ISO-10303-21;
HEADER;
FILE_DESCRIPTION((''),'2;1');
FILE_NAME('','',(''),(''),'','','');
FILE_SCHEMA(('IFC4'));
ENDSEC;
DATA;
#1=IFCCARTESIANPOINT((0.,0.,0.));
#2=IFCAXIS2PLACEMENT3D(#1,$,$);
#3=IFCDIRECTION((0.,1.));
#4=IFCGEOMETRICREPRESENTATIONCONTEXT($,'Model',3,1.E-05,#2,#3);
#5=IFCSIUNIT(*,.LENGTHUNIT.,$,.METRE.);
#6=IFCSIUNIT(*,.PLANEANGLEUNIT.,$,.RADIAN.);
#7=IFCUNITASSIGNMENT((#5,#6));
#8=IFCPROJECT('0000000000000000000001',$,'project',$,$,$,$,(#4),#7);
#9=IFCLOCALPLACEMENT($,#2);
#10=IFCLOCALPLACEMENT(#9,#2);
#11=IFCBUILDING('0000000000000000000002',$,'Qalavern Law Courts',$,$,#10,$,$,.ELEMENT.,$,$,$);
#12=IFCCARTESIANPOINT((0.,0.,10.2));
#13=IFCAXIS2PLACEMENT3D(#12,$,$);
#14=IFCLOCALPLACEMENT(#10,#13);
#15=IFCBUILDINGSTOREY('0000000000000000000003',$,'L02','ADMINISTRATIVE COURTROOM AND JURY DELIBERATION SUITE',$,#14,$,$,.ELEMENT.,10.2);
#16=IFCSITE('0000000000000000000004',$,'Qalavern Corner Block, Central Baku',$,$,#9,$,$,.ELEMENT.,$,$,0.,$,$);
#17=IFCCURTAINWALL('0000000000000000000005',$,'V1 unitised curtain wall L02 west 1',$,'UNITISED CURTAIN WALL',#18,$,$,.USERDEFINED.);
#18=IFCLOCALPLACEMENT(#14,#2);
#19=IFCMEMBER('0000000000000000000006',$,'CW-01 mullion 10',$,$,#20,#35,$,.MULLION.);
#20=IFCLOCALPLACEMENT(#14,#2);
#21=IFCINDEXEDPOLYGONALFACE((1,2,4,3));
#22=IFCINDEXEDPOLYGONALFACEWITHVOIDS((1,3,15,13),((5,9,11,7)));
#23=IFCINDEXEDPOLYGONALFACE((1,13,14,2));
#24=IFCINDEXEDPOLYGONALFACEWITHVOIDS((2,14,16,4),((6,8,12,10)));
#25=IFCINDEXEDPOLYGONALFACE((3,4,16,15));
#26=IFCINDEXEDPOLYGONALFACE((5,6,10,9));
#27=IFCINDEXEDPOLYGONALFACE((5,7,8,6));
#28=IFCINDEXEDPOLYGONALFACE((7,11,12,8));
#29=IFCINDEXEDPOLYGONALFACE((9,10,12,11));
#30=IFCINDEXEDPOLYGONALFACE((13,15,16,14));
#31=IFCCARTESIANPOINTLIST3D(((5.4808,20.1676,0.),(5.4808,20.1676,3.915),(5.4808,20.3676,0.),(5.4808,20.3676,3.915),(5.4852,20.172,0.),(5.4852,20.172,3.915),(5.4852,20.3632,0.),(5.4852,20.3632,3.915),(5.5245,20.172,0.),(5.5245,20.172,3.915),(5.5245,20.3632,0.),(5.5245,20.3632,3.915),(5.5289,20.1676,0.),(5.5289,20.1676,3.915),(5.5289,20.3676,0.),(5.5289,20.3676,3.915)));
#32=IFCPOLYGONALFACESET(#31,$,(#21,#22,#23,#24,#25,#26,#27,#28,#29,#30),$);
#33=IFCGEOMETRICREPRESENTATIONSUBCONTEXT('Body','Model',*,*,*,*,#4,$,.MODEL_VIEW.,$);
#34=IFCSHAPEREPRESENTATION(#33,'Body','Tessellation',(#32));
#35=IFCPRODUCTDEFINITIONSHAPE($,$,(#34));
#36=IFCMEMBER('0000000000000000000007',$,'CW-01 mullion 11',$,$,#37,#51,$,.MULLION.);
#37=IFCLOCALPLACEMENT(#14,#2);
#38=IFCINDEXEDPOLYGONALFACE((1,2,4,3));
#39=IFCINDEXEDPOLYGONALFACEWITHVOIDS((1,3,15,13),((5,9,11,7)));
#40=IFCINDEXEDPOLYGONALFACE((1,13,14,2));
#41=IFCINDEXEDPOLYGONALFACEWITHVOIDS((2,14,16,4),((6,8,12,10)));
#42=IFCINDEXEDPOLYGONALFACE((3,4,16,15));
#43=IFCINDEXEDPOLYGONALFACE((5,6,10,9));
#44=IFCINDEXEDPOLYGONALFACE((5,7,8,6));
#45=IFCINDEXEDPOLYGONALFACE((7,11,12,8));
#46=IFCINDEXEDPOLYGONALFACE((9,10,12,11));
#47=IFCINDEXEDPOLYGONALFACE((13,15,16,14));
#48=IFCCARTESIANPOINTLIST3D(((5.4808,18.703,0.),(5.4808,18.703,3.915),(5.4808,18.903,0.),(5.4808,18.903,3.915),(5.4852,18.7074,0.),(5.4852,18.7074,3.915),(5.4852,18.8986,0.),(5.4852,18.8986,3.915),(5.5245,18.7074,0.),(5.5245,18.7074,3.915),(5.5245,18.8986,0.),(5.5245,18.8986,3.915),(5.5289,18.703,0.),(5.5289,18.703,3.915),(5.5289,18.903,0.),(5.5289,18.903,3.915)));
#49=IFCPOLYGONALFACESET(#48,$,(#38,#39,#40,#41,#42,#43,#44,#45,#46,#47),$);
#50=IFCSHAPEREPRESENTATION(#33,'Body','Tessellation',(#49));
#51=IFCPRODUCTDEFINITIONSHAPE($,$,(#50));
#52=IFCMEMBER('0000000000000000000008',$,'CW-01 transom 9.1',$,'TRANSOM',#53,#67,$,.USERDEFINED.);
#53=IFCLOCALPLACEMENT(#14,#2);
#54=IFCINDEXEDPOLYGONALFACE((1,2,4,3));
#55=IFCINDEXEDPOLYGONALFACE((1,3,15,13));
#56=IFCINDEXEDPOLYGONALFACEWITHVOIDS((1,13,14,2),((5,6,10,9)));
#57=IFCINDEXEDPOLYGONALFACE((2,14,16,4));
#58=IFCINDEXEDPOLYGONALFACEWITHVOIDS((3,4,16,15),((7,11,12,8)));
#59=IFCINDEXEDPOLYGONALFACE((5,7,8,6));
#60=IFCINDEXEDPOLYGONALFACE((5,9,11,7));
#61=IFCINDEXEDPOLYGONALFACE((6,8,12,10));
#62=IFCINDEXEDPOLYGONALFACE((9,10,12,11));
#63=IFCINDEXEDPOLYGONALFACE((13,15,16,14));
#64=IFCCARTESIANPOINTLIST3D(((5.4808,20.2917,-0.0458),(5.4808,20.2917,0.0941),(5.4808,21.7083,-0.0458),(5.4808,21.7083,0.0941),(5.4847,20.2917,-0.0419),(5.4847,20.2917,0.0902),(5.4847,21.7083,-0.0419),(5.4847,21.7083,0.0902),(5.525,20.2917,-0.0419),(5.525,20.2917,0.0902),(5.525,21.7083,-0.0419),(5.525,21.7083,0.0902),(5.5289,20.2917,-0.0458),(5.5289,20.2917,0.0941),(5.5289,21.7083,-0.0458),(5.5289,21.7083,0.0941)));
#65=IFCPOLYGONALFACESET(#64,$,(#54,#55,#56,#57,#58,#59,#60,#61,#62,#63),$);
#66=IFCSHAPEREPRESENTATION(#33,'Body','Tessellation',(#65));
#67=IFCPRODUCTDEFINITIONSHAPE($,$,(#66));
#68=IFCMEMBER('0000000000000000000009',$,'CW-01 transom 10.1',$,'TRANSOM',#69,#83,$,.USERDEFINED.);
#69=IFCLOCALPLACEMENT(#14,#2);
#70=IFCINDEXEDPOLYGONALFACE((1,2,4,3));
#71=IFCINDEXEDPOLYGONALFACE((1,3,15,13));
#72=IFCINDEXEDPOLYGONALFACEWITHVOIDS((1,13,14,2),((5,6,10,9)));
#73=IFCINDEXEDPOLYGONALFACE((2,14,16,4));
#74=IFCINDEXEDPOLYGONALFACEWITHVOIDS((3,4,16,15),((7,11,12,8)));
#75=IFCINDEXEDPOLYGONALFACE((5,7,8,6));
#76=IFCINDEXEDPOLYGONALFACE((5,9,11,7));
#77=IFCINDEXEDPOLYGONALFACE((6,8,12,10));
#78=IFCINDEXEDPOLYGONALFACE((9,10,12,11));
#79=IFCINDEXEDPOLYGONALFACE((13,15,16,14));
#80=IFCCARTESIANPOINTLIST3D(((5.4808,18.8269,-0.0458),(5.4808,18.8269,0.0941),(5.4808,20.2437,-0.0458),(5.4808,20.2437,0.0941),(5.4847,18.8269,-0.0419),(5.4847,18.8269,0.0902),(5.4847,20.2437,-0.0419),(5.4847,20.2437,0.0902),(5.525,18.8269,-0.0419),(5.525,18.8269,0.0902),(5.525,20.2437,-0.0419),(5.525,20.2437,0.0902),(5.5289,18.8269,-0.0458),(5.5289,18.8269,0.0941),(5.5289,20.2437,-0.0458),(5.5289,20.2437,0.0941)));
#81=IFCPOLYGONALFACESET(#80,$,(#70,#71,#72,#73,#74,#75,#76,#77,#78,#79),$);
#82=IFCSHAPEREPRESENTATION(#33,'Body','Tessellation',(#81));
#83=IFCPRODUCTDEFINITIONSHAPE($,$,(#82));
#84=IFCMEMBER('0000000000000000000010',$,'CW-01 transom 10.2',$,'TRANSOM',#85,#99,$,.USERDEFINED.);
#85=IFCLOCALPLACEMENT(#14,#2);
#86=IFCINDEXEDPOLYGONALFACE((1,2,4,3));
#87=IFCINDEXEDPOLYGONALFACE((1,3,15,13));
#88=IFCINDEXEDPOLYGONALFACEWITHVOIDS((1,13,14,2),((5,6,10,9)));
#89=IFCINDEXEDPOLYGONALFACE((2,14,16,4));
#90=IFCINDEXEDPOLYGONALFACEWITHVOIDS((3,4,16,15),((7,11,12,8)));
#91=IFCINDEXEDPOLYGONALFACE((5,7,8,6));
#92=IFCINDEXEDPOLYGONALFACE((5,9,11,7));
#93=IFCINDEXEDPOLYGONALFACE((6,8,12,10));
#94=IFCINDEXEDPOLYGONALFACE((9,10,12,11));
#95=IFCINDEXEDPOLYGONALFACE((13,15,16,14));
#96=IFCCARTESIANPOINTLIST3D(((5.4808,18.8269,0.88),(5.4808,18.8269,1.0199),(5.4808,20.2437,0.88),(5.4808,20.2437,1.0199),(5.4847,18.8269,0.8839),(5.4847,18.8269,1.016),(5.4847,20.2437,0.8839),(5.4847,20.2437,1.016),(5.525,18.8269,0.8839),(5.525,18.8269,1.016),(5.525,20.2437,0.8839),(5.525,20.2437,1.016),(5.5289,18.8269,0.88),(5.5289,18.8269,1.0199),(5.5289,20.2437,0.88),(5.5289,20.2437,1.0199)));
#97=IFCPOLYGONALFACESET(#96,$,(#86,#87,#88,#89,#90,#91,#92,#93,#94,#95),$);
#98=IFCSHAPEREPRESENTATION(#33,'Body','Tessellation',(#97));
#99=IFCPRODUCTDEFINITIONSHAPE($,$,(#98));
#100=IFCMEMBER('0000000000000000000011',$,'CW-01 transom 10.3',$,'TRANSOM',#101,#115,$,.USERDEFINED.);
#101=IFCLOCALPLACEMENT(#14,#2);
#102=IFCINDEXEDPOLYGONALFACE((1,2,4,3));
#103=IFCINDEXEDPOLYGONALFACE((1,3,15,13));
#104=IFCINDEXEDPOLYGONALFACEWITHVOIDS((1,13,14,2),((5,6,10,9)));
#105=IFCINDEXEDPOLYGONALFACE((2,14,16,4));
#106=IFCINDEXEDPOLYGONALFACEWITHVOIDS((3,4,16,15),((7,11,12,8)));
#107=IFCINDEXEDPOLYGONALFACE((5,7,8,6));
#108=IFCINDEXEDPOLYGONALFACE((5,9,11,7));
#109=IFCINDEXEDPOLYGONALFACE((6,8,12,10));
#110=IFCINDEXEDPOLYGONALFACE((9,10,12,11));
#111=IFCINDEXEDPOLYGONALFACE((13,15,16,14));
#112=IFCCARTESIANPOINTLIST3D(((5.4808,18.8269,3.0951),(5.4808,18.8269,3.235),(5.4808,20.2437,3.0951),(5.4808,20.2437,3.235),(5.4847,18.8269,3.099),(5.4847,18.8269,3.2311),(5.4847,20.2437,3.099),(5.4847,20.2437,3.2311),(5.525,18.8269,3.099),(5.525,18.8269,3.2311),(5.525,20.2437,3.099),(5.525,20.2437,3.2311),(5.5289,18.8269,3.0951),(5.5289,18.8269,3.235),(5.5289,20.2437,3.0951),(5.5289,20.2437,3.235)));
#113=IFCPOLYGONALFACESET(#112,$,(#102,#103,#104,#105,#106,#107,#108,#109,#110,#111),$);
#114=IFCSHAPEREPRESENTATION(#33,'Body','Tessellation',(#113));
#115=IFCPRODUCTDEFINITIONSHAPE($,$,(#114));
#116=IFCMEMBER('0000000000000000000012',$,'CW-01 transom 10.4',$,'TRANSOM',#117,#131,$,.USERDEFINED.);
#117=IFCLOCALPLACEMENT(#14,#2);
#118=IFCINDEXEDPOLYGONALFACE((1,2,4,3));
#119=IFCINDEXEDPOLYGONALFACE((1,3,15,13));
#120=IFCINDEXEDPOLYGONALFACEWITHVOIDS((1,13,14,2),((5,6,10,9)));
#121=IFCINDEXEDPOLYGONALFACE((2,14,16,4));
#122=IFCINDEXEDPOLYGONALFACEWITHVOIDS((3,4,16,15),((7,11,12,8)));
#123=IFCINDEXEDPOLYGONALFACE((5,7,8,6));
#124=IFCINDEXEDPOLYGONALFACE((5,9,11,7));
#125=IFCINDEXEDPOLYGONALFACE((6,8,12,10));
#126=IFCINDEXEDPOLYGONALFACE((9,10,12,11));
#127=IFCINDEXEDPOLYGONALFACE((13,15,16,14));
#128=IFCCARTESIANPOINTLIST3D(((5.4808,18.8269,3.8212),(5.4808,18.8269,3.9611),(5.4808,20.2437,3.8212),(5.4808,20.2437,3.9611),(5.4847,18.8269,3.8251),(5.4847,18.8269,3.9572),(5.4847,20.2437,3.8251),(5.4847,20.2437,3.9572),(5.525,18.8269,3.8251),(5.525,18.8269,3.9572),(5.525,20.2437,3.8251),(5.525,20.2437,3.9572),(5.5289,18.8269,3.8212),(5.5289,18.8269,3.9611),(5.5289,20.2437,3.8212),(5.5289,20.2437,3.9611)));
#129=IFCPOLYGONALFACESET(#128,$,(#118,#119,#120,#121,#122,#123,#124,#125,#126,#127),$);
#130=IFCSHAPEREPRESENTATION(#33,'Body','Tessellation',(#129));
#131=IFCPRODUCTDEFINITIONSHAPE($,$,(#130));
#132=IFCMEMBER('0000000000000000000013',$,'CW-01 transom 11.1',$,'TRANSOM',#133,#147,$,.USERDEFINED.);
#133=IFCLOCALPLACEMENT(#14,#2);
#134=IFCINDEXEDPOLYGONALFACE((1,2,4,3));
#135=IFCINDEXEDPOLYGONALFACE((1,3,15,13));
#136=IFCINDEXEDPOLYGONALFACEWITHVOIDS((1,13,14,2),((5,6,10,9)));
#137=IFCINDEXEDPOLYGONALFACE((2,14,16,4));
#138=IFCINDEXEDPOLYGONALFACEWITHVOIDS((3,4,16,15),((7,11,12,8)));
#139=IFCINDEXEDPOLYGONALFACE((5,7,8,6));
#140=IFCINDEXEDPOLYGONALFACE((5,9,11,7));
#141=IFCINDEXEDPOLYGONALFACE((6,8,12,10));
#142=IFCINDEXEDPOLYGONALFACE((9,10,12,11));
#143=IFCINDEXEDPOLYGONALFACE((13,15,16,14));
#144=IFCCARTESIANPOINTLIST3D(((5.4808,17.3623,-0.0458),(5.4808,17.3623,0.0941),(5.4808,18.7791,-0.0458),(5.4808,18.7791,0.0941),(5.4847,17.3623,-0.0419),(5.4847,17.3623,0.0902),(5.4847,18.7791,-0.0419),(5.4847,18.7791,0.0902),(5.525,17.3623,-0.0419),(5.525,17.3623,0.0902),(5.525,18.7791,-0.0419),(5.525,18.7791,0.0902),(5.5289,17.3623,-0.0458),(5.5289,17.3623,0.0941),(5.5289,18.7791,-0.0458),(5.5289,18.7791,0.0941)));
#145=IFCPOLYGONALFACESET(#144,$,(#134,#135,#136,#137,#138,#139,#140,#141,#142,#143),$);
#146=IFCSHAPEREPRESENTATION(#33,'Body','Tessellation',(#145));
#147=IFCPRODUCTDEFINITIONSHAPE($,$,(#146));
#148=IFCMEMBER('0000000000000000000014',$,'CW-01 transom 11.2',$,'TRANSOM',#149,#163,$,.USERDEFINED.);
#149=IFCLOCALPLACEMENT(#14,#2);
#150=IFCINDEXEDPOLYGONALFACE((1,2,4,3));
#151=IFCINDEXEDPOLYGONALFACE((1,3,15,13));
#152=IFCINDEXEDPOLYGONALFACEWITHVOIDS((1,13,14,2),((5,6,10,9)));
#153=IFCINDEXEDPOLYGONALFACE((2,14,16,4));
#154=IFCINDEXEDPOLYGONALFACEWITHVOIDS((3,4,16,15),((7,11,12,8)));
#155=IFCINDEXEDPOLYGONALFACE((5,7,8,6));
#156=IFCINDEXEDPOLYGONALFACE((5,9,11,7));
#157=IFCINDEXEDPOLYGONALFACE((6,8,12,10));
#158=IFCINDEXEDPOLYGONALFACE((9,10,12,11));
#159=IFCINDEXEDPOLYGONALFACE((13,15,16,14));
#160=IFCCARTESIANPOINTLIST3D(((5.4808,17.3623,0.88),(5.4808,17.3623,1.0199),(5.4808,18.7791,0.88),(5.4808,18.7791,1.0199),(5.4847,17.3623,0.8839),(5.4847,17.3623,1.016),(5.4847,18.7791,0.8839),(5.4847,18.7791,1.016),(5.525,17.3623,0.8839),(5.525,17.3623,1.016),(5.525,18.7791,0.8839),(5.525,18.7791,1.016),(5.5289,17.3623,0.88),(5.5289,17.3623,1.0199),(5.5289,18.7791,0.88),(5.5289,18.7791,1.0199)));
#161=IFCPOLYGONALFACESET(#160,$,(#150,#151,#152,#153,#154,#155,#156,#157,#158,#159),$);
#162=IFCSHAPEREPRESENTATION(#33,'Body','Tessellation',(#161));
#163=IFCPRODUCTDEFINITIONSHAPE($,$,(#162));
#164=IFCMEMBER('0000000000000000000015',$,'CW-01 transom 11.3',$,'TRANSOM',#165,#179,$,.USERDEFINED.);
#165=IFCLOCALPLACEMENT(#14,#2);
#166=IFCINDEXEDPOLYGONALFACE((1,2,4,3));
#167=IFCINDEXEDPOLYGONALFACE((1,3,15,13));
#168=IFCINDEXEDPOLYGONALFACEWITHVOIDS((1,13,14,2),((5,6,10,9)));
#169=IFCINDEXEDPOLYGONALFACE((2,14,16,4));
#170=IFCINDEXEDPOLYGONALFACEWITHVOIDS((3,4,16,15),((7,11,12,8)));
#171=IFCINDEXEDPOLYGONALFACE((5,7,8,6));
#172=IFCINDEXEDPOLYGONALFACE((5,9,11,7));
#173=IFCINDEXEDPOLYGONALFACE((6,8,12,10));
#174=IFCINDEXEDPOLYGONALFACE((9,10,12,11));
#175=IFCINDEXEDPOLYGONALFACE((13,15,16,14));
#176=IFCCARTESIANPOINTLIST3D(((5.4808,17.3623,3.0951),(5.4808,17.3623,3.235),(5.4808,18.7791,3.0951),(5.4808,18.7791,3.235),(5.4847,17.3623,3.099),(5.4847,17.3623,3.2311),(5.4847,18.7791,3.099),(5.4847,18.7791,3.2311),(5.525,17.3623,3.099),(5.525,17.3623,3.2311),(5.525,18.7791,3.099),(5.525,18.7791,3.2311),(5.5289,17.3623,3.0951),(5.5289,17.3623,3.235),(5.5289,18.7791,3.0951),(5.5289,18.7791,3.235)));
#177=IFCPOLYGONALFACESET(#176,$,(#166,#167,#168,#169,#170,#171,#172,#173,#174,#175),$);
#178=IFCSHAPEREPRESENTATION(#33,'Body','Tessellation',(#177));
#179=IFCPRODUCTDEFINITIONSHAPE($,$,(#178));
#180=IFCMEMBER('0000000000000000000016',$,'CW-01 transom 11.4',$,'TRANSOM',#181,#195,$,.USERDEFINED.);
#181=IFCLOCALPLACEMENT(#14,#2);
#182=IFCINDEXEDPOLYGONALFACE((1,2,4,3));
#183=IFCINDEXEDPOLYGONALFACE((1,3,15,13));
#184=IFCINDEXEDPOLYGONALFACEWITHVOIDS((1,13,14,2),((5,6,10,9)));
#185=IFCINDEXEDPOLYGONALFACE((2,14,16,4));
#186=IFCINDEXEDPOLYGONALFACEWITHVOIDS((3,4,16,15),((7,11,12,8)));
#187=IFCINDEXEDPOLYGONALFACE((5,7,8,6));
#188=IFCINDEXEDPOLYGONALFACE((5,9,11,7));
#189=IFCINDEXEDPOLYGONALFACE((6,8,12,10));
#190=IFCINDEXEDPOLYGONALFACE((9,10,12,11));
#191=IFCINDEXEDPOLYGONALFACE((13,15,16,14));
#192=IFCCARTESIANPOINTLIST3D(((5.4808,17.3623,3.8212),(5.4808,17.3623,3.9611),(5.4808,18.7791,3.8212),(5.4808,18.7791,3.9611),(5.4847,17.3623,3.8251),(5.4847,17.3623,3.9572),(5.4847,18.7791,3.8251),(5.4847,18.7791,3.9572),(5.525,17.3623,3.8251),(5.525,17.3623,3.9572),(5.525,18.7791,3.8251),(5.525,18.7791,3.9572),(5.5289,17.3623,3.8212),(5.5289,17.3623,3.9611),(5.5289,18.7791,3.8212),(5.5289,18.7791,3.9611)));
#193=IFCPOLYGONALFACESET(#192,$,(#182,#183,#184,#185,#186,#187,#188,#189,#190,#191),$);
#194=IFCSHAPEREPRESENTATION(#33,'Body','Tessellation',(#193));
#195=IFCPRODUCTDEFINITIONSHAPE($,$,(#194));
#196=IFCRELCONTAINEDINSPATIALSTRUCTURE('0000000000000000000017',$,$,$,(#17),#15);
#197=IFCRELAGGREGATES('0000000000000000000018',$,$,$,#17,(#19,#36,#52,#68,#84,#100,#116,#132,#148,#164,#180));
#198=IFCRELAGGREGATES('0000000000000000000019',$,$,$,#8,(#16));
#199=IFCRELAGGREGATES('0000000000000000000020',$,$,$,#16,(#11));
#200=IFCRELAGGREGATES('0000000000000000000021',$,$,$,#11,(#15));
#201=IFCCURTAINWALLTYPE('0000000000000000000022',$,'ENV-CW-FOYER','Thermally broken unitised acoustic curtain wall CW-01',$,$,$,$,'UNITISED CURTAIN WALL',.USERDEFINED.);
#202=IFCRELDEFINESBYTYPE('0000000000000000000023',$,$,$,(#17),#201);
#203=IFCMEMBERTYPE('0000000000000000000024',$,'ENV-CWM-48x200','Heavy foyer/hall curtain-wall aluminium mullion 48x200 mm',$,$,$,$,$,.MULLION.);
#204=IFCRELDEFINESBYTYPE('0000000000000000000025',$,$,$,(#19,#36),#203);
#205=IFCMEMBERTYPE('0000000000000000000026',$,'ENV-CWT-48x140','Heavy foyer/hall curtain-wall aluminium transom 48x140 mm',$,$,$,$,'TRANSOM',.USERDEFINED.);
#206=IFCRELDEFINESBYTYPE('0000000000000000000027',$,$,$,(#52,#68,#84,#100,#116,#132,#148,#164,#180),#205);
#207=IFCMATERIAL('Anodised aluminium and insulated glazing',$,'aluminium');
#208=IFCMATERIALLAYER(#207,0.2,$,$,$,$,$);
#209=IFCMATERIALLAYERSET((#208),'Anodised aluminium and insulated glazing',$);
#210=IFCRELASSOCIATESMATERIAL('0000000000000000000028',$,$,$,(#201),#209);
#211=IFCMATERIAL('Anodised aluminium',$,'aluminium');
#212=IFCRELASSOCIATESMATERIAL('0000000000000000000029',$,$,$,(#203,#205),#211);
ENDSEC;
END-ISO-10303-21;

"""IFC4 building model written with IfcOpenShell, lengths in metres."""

from ifc_helpers import new_model, si_unit, direction, frame, origin, origin_2d, place, context, subcontext, project, spatial, hollow_rectangle, extrude, material, layer, layer_set, material_profile, profile_set, type_object, element, aggregate, save


model = new_model("IFC4")

# Units and contexts
model_context = context("Model", 3, precision=1e-05, world=origin(), true_north=direction((0.0, 1.0)))
body_context = subcontext(model_context, "Body", "Model", "MODEL_VIEW")
ifc_project = project(units=[si_unit("LENGTHUNIT", "METRE"), si_unit("PLANEANGLEUNIT", "RADIAN")], contexts=[model_context])

# Site, building, storey
site_placement = place(None, origin())
site = spatial("IfcSite", under=ifc_project, at=site_placement, Name="Qalavern Corner Block, Central Baku", CompositionType="ELEMENT", RefElevation=0.0)
building_placement = place(site_placement, origin())
building = spatial("IfcBuilding", under=site, at=building_placement, Name="Qalavern Law Courts", CompositionType="ELEMENT")
storey_placement = place(building_placement, frame((0.0, 0.0, 10.2)))
storey = spatial("IfcBuildingStorey", under=building, at=storey_placement, Name="L02", Description="ADMINISTRATIVE COURTROOM AND JURY DELIBERATION SUITE", CompositionType="ELEMENT", Elevation=10.2)

# Curtain wall, members
ifc_material_1 = material(Name="Anodised aluminium and insulated glazing", Category="aluminium")
ifc_layer_1 = layer(ifc_material_1, 0.2)
ifc_layer_set_1 = layer_set([ifc_layer_1], Name="Anodised aluminium and insulated glazing")
curtain_wall_type = type_object("IfcCurtainWallType", Name="ENV-CW-FOYER", Description="Thermally broken unitised acoustic curtain wall CW-01", ElementType="UNITISED CURTAIN WALL", PredefinedType="USERDEFINED", material=ifc_layer_set_1)
curtain_wall_placement = place(storey_placement, origin())
curtain_wall = element("IfcCurtainWall", 1, at=curtain_wall_placement, inside=storey, type_object=curtain_wall_type, Name="V1 unitised curtain wall L02 west 1", ObjectType="UNITISED CURTAIN WALL", PredefinedType="USERDEFINED")
ifc_material_2 = material(Name="Anodised aluminium", Category="aluminium")
ifc_material_profile_1 = material_profile(ifc_material_2, hollow_rectangle(XDim=0.0481, YDim=0.2, WallThickness=0.0044, at=origin_2d()), Name="ALU MULLION 48x200")
ifc_profile_set_1 = profile_set([ifc_material_profile_1], Name="Anodised aluminium")
member_type_1 = type_object("IfcMemberType", Name="ENV-CWM-48x200", Description="Heavy foyer/hall curtain-wall aluminium mullion 48x200 mm", PredefinedType="MULLION", material=ifc_profile_set_1)
member_1_placement = place(storey_placement, frame((5.5049, 20.2676, 0.0), z_axis=(0.0, 0.0, 1.0), x_axis=(1.0, 0.0, 0.0)))
member_1 = element("IfcMember", 2, at=member_1_placement, type_object=member_type_1, Name="CW-01 mullion 10", PredefinedType="MULLION", context=body_context, shape_type="SweptSolid", body=[
    extrude(hollow_rectangle(XDim=0.0481, YDim=0.2, WallThickness=0.0044, at=origin_2d()), origin(), (0.0, 0.0, 1.0), 3.915),
])
member_2_placement = place(storey_placement, frame((5.5049, 18.803, 0.0), z_axis=(0.0, 0.0, 1.0), x_axis=(1.0, 0.0, 0.0)))
member_2 = element("IfcMember", 3, at=member_2_placement, type_object=member_type_1, Name="CW-01 mullion 11", PredefinedType="MULLION", context=body_context, shape_type="SweptSolid", body=[
    extrude(hollow_rectangle(XDim=0.0481, YDim=0.2, WallThickness=0.0044, at=origin_2d()), origin(), (0.0, 0.0, 1.0), 3.915),
])
ifc_material_profile_2 = material_profile(ifc_material_2, hollow_rectangle(XDim=0.0481, YDim=0.1399, WallThickness=0.0039, at=origin_2d()), Name="ALU TRANSOM 48x140")
ifc_profile_set_2 = profile_set([ifc_material_profile_2], Name="Anodised aluminium")
member_type_2 = type_object("IfcMemberType", Name="ENV-CWT-48x140", Description="Heavy foyer/hall curtain-wall aluminium transom 48x140 mm", ElementType="TRANSOM", PredefinedType="USERDEFINED", material=ifc_profile_set_2)
member_3_placement = place(storey_placement, frame((5.5049, 21.7083, 0.0242), z_axis=(0.0, -1.0, 0.0), x_axis=(1.0, 0.0, 0.0)))
member_3 = element("IfcMember", 4, at=member_3_placement, type_object=member_type_2, Name="CW-01 transom 9.1", ObjectType="TRANSOM", PredefinedType="USERDEFINED", context=body_context, shape_type="SweptSolid", body=[
    extrude(hollow_rectangle(XDim=0.0481, YDim=0.1399, WallThickness=0.0039, at=origin_2d()), origin(), (0.0, 0.0, 1.0), 1.4165),
])
member_4_placement = place(storey_placement, frame((5.5049, 20.2437, 0.0242), z_axis=(0.0, -1.0, 0.0), x_axis=(1.0, 0.0, 0.0)))
member_4 = element("IfcMember", 5, at=member_4_placement, type_object=member_type_2, Name="CW-01 transom 10.1", ObjectType="TRANSOM", PredefinedType="USERDEFINED", context=body_context, shape_type="SweptSolid", body=[
    extrude(hollow_rectangle(XDim=0.0481, YDim=0.1399, WallThickness=0.0039, at=origin_2d()), origin(), (0.0, 0.0, 1.0), 1.4167),
])
member_5_placement = place(storey_placement, frame((5.5049, 20.2437, 0.95), z_axis=(0.0, -1.0, 0.0), x_axis=(1.0, 0.0, 0.0)))
member_5 = element("IfcMember", 6, at=member_5_placement, type_object=member_type_2, Name="CW-01 transom 10.2", ObjectType="TRANSOM", PredefinedType="USERDEFINED", context=body_context, shape_type="SweptSolid", body=[
    extrude(hollow_rectangle(XDim=0.0481, YDim=0.1399, WallThickness=0.0039, at=origin_2d()), origin(), (0.0, 0.0, 1.0), 1.4167),
])
member_6_placement = place(storey_placement, frame((5.5049, 20.2437, 3.165), z_axis=(0.0, -1.0, 0.0), x_axis=(1.0, 0.0, 0.0)))
member_6 = element("IfcMember", 7, at=member_6_placement, type_object=member_type_2, Name="CW-01 transom 10.3", ObjectType="TRANSOM", PredefinedType="USERDEFINED", context=body_context, shape_type="SweptSolid", body=[
    extrude(hollow_rectangle(XDim=0.0481, YDim=0.1399, WallThickness=0.0039, at=origin_2d()), origin(), (0.0, 0.0, 1.0), 1.4167),
])
member_7_placement = place(storey_placement, frame((5.5049, 20.2437, 3.8911), z_axis=(0.0, -1.0, 0.0), x_axis=(1.0, 0.0, 0.0)))
member_7 = element("IfcMember", 8, at=member_7_placement, type_object=member_type_2, Name="CW-01 transom 10.4", ObjectType="TRANSOM", PredefinedType="USERDEFINED", context=body_context, shape_type="SweptSolid", body=[
    extrude(hollow_rectangle(XDim=0.0481, YDim=0.1399, WallThickness=0.0039, at=origin_2d()), origin(), (0.0, 0.0, 1.0), 1.4167),
])
member_8_placement = place(storey_placement, frame((5.5049, 18.7791, 0.0242), z_axis=(0.0, -1.0, 0.0), x_axis=(1.0, 0.0, 0.0)))
member_8 = element("IfcMember", 9, at=member_8_placement, type_object=member_type_2, Name="CW-01 transom 11.1", ObjectType="TRANSOM", PredefinedType="USERDEFINED", context=body_context, shape_type="SweptSolid", body=[
    extrude(hollow_rectangle(XDim=0.0481, YDim=0.1399, WallThickness=0.0039, at=origin_2d()), origin(), (0.0, 0.0, 1.0), 1.4167),
])
member_9_placement = place(storey_placement, frame((5.5049, 18.7791, 0.95), z_axis=(0.0, -1.0, 0.0), x_axis=(1.0, 0.0, 0.0)))
member_9 = element("IfcMember", 10, at=member_9_placement, type_object=member_type_2, Name="CW-01 transom 11.2", ObjectType="TRANSOM", PredefinedType="USERDEFINED", context=body_context, shape_type="SweptSolid", body=[
    extrude(hollow_rectangle(XDim=0.0481, YDim=0.1399, WallThickness=0.0039, at=origin_2d()), origin(), (0.0, 0.0, 1.0), 1.4167),
])
member_10_placement = place(storey_placement, frame((5.5049, 18.7791, 3.165), z_axis=(0.0, -1.0, 0.0), x_axis=(1.0, 0.0, 0.0)))
member_10 = element("IfcMember", 11, at=member_10_placement, type_object=member_type_2, Name="CW-01 transom 11.3", ObjectType="TRANSOM", PredefinedType="USERDEFINED", context=body_context, shape_type="SweptSolid", body=[
    extrude(hollow_rectangle(XDim=0.0481, YDim=0.1399, WallThickness=0.0039, at=origin_2d()), origin(), (0.0, 0.0, 1.0), 1.4167),
])
member_11_placement = place(storey_placement, frame((5.5049, 18.7791, 3.8911), z_axis=(0.0, -1.0, 0.0), x_axis=(1.0, 0.0, 0.0)))
member_11 = element("IfcMember", 12, at=member_11_placement, type_object=member_type_2, Name="CW-01 transom 11.4", ObjectType="TRANSOM", PredefinedType="USERDEFINED", context=body_context, shape_type="SweptSolid", body=[
    extrude(hollow_rectangle(XDim=0.0481, YDim=0.1399, WallThickness=0.0039, at=origin_2d()), origin(), (0.0, 0.0, 1.0), 1.4167),
])

aggregate(curtain_wall, [member_1, member_2, member_3, member_4, member_5, member_6, member_7, member_8, member_9, member_10, member_11])

save(model, "model.ifc")
